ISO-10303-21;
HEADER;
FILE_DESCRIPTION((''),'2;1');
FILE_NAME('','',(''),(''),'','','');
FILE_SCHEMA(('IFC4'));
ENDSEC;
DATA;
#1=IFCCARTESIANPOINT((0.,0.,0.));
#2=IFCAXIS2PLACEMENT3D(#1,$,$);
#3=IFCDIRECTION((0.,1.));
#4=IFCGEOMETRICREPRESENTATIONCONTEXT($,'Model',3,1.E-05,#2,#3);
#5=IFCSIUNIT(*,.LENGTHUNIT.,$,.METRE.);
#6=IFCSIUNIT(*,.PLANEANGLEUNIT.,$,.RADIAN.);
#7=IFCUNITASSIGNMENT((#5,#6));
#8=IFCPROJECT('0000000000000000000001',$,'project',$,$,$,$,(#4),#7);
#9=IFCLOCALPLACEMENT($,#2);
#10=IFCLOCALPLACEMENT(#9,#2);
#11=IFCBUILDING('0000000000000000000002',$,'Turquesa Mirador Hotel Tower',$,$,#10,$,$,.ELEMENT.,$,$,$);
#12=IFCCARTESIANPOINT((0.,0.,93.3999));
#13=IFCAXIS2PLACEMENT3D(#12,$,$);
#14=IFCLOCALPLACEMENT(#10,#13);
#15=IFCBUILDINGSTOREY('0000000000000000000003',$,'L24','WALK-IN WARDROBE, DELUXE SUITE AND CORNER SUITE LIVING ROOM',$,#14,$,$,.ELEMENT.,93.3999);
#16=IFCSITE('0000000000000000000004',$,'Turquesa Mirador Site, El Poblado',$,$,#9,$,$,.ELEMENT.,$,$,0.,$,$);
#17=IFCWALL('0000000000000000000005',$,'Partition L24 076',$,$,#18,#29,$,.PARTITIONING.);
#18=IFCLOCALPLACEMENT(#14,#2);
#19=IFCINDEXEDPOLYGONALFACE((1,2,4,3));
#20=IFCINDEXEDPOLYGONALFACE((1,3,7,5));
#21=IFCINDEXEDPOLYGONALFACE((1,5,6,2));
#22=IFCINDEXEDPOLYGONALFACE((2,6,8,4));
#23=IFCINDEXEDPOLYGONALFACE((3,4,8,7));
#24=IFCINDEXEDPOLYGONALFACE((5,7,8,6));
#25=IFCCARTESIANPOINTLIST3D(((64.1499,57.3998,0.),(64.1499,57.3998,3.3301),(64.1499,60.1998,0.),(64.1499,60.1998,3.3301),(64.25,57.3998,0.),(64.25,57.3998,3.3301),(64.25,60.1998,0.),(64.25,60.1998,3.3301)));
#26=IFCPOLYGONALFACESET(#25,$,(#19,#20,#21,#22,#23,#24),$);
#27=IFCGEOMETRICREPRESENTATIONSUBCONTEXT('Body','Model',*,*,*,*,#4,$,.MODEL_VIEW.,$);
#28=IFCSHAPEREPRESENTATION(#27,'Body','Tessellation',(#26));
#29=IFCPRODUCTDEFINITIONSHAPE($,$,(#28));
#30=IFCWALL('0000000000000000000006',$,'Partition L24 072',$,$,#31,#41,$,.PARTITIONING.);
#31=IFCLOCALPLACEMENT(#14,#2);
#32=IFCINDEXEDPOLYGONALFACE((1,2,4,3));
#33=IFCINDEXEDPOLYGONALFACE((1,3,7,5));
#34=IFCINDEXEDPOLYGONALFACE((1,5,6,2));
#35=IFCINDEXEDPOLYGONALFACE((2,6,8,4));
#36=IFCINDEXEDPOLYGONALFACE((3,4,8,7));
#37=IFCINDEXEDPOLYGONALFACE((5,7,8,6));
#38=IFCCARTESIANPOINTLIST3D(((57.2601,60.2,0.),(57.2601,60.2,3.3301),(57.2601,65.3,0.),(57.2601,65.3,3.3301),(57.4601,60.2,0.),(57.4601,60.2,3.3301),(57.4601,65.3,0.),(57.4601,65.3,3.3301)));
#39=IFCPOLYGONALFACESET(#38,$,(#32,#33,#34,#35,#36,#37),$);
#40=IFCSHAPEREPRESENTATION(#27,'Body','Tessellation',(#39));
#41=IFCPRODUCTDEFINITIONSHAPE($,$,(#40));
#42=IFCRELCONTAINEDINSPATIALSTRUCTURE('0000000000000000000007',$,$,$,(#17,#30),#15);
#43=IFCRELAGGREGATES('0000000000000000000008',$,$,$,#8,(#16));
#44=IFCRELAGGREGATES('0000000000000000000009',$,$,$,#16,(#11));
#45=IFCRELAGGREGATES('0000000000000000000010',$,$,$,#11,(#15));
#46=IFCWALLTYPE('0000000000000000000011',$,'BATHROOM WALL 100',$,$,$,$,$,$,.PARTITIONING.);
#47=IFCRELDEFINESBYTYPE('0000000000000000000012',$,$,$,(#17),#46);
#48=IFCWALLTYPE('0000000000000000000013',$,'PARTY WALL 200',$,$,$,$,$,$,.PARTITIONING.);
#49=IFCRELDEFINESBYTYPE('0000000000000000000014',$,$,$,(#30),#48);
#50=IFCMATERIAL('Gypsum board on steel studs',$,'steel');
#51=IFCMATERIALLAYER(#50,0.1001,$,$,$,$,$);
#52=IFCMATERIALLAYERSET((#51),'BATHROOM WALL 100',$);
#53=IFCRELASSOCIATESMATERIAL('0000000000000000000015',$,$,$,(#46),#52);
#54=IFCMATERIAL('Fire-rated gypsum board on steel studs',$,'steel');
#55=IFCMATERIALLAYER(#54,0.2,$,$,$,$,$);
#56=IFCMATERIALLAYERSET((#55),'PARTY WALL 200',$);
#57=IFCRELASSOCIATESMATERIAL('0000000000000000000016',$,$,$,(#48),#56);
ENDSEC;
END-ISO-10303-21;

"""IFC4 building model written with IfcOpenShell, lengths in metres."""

from ifc_helpers import new_model, si_unit, direction, frame, frame_2d, origin, place, context, subcontext, project, spatial, rectangle, extrude, material, layer, layer_set, type_object, element, save


model = new_model("IFC4")

# Units and contexts
model_context = context("Model", 3, precision=1e-05, world=origin(), true_north=direction((0.0, 1.0)))
body_context = subcontext(model_context, "Body", "Model", "MODEL_VIEW")
ifc_project = project(units=[si_unit("LENGTHUNIT", "METRE"), si_unit("PLANEANGLEUNIT", "RADIAN")], contexts=[model_context])

# Site, building, storey
site_placement = place(None, origin())
site = spatial("IfcSite", under=ifc_project, at=site_placement, Name="Turquesa Mirador Site, El Poblado", CompositionType="ELEMENT", RefElevation=0.0)
building_placement = place(site_placement, origin())
building = spatial("IfcBuilding", under=site, at=building_placement, Name="Turquesa Mirador Hotel Tower", CompositionType="ELEMENT")
storey_placement = place(building_placement, frame((0.0, 0.0, 93.3999)))
storey = spatial("IfcBuildingStorey", under=building, at=storey_placement, Name="L24", Description="WALK-IN WARDROBE, DELUXE SUITE AND CORNER SUITE LIVING ROOM", CompositionType="ELEMENT", Elevation=93.3999)

# Shared definitions
ifc_material_1 = material(Name="Gypsum board on steel studs", Category="steel")
ifc_layer_1 = layer(ifc_material_1, 0.1001)
ifc_layer_set_1 = layer_set([ifc_layer_1], Name="BATHROOM WALL 100")
wall_type_1 = type_object("IfcWallType", Name="BATHROOM WALL 100", PredefinedType="PARTITIONING", material=ifc_layer_set_1)

# Walls
wall_1_placement = place(storey_placement, frame((64.2, 57.3999, 0.0), z_axis=(0.0, 0.0, 1.0), x_axis=(0.0, 1.0, 0.0)))
element("IfcWall", 1, at=wall_1_placement, inside=storey, type_object=wall_type_1, Name="Partition L24 076", PredefinedType="PARTITIONING", context=body_context, shape_type="SweptSolid", body=[
    extrude(rectangle(XDim=2.8, YDim=0.1001, at=frame_2d((1.3999, 0.0))), origin(), (0.0, 0.0, 1.0), 3.3301),
])
ifc_material_2 = material(Name="Fire-rated gypsum board on steel studs", Category="steel")
ifc_layer_2 = layer(ifc_material_2, 0.2)
ifc_layer_set_2 = layer_set([ifc_layer_2], Name="PARTY WALL 200")
wall_type_2 = type_object("IfcWallType", Name="PARTY WALL 200", PredefinedType="PARTITIONING", material=ifc_layer_set_2)
wall_2_placement = place(storey_placement, frame((57.3601, 60.2, 0.0), z_axis=(0.0, 0.0, 1.0), x_axis=(0.0, 1.0, 0.0)))
element("IfcWall", 2, at=wall_2_placement, inside=storey, type_object=wall_type_2, Name="Partition L24 072", PredefinedType="PARTITIONING", context=body_context, shape_type="SweptSolid", body=[
    extrude(rectangle(XDim=5.1001, YDim=0.2, at=frame_2d((2.55, 0.0))), origin(), (0.0, 0.0, 1.0), 3.3301),
])

save(model, "model.ifc")
